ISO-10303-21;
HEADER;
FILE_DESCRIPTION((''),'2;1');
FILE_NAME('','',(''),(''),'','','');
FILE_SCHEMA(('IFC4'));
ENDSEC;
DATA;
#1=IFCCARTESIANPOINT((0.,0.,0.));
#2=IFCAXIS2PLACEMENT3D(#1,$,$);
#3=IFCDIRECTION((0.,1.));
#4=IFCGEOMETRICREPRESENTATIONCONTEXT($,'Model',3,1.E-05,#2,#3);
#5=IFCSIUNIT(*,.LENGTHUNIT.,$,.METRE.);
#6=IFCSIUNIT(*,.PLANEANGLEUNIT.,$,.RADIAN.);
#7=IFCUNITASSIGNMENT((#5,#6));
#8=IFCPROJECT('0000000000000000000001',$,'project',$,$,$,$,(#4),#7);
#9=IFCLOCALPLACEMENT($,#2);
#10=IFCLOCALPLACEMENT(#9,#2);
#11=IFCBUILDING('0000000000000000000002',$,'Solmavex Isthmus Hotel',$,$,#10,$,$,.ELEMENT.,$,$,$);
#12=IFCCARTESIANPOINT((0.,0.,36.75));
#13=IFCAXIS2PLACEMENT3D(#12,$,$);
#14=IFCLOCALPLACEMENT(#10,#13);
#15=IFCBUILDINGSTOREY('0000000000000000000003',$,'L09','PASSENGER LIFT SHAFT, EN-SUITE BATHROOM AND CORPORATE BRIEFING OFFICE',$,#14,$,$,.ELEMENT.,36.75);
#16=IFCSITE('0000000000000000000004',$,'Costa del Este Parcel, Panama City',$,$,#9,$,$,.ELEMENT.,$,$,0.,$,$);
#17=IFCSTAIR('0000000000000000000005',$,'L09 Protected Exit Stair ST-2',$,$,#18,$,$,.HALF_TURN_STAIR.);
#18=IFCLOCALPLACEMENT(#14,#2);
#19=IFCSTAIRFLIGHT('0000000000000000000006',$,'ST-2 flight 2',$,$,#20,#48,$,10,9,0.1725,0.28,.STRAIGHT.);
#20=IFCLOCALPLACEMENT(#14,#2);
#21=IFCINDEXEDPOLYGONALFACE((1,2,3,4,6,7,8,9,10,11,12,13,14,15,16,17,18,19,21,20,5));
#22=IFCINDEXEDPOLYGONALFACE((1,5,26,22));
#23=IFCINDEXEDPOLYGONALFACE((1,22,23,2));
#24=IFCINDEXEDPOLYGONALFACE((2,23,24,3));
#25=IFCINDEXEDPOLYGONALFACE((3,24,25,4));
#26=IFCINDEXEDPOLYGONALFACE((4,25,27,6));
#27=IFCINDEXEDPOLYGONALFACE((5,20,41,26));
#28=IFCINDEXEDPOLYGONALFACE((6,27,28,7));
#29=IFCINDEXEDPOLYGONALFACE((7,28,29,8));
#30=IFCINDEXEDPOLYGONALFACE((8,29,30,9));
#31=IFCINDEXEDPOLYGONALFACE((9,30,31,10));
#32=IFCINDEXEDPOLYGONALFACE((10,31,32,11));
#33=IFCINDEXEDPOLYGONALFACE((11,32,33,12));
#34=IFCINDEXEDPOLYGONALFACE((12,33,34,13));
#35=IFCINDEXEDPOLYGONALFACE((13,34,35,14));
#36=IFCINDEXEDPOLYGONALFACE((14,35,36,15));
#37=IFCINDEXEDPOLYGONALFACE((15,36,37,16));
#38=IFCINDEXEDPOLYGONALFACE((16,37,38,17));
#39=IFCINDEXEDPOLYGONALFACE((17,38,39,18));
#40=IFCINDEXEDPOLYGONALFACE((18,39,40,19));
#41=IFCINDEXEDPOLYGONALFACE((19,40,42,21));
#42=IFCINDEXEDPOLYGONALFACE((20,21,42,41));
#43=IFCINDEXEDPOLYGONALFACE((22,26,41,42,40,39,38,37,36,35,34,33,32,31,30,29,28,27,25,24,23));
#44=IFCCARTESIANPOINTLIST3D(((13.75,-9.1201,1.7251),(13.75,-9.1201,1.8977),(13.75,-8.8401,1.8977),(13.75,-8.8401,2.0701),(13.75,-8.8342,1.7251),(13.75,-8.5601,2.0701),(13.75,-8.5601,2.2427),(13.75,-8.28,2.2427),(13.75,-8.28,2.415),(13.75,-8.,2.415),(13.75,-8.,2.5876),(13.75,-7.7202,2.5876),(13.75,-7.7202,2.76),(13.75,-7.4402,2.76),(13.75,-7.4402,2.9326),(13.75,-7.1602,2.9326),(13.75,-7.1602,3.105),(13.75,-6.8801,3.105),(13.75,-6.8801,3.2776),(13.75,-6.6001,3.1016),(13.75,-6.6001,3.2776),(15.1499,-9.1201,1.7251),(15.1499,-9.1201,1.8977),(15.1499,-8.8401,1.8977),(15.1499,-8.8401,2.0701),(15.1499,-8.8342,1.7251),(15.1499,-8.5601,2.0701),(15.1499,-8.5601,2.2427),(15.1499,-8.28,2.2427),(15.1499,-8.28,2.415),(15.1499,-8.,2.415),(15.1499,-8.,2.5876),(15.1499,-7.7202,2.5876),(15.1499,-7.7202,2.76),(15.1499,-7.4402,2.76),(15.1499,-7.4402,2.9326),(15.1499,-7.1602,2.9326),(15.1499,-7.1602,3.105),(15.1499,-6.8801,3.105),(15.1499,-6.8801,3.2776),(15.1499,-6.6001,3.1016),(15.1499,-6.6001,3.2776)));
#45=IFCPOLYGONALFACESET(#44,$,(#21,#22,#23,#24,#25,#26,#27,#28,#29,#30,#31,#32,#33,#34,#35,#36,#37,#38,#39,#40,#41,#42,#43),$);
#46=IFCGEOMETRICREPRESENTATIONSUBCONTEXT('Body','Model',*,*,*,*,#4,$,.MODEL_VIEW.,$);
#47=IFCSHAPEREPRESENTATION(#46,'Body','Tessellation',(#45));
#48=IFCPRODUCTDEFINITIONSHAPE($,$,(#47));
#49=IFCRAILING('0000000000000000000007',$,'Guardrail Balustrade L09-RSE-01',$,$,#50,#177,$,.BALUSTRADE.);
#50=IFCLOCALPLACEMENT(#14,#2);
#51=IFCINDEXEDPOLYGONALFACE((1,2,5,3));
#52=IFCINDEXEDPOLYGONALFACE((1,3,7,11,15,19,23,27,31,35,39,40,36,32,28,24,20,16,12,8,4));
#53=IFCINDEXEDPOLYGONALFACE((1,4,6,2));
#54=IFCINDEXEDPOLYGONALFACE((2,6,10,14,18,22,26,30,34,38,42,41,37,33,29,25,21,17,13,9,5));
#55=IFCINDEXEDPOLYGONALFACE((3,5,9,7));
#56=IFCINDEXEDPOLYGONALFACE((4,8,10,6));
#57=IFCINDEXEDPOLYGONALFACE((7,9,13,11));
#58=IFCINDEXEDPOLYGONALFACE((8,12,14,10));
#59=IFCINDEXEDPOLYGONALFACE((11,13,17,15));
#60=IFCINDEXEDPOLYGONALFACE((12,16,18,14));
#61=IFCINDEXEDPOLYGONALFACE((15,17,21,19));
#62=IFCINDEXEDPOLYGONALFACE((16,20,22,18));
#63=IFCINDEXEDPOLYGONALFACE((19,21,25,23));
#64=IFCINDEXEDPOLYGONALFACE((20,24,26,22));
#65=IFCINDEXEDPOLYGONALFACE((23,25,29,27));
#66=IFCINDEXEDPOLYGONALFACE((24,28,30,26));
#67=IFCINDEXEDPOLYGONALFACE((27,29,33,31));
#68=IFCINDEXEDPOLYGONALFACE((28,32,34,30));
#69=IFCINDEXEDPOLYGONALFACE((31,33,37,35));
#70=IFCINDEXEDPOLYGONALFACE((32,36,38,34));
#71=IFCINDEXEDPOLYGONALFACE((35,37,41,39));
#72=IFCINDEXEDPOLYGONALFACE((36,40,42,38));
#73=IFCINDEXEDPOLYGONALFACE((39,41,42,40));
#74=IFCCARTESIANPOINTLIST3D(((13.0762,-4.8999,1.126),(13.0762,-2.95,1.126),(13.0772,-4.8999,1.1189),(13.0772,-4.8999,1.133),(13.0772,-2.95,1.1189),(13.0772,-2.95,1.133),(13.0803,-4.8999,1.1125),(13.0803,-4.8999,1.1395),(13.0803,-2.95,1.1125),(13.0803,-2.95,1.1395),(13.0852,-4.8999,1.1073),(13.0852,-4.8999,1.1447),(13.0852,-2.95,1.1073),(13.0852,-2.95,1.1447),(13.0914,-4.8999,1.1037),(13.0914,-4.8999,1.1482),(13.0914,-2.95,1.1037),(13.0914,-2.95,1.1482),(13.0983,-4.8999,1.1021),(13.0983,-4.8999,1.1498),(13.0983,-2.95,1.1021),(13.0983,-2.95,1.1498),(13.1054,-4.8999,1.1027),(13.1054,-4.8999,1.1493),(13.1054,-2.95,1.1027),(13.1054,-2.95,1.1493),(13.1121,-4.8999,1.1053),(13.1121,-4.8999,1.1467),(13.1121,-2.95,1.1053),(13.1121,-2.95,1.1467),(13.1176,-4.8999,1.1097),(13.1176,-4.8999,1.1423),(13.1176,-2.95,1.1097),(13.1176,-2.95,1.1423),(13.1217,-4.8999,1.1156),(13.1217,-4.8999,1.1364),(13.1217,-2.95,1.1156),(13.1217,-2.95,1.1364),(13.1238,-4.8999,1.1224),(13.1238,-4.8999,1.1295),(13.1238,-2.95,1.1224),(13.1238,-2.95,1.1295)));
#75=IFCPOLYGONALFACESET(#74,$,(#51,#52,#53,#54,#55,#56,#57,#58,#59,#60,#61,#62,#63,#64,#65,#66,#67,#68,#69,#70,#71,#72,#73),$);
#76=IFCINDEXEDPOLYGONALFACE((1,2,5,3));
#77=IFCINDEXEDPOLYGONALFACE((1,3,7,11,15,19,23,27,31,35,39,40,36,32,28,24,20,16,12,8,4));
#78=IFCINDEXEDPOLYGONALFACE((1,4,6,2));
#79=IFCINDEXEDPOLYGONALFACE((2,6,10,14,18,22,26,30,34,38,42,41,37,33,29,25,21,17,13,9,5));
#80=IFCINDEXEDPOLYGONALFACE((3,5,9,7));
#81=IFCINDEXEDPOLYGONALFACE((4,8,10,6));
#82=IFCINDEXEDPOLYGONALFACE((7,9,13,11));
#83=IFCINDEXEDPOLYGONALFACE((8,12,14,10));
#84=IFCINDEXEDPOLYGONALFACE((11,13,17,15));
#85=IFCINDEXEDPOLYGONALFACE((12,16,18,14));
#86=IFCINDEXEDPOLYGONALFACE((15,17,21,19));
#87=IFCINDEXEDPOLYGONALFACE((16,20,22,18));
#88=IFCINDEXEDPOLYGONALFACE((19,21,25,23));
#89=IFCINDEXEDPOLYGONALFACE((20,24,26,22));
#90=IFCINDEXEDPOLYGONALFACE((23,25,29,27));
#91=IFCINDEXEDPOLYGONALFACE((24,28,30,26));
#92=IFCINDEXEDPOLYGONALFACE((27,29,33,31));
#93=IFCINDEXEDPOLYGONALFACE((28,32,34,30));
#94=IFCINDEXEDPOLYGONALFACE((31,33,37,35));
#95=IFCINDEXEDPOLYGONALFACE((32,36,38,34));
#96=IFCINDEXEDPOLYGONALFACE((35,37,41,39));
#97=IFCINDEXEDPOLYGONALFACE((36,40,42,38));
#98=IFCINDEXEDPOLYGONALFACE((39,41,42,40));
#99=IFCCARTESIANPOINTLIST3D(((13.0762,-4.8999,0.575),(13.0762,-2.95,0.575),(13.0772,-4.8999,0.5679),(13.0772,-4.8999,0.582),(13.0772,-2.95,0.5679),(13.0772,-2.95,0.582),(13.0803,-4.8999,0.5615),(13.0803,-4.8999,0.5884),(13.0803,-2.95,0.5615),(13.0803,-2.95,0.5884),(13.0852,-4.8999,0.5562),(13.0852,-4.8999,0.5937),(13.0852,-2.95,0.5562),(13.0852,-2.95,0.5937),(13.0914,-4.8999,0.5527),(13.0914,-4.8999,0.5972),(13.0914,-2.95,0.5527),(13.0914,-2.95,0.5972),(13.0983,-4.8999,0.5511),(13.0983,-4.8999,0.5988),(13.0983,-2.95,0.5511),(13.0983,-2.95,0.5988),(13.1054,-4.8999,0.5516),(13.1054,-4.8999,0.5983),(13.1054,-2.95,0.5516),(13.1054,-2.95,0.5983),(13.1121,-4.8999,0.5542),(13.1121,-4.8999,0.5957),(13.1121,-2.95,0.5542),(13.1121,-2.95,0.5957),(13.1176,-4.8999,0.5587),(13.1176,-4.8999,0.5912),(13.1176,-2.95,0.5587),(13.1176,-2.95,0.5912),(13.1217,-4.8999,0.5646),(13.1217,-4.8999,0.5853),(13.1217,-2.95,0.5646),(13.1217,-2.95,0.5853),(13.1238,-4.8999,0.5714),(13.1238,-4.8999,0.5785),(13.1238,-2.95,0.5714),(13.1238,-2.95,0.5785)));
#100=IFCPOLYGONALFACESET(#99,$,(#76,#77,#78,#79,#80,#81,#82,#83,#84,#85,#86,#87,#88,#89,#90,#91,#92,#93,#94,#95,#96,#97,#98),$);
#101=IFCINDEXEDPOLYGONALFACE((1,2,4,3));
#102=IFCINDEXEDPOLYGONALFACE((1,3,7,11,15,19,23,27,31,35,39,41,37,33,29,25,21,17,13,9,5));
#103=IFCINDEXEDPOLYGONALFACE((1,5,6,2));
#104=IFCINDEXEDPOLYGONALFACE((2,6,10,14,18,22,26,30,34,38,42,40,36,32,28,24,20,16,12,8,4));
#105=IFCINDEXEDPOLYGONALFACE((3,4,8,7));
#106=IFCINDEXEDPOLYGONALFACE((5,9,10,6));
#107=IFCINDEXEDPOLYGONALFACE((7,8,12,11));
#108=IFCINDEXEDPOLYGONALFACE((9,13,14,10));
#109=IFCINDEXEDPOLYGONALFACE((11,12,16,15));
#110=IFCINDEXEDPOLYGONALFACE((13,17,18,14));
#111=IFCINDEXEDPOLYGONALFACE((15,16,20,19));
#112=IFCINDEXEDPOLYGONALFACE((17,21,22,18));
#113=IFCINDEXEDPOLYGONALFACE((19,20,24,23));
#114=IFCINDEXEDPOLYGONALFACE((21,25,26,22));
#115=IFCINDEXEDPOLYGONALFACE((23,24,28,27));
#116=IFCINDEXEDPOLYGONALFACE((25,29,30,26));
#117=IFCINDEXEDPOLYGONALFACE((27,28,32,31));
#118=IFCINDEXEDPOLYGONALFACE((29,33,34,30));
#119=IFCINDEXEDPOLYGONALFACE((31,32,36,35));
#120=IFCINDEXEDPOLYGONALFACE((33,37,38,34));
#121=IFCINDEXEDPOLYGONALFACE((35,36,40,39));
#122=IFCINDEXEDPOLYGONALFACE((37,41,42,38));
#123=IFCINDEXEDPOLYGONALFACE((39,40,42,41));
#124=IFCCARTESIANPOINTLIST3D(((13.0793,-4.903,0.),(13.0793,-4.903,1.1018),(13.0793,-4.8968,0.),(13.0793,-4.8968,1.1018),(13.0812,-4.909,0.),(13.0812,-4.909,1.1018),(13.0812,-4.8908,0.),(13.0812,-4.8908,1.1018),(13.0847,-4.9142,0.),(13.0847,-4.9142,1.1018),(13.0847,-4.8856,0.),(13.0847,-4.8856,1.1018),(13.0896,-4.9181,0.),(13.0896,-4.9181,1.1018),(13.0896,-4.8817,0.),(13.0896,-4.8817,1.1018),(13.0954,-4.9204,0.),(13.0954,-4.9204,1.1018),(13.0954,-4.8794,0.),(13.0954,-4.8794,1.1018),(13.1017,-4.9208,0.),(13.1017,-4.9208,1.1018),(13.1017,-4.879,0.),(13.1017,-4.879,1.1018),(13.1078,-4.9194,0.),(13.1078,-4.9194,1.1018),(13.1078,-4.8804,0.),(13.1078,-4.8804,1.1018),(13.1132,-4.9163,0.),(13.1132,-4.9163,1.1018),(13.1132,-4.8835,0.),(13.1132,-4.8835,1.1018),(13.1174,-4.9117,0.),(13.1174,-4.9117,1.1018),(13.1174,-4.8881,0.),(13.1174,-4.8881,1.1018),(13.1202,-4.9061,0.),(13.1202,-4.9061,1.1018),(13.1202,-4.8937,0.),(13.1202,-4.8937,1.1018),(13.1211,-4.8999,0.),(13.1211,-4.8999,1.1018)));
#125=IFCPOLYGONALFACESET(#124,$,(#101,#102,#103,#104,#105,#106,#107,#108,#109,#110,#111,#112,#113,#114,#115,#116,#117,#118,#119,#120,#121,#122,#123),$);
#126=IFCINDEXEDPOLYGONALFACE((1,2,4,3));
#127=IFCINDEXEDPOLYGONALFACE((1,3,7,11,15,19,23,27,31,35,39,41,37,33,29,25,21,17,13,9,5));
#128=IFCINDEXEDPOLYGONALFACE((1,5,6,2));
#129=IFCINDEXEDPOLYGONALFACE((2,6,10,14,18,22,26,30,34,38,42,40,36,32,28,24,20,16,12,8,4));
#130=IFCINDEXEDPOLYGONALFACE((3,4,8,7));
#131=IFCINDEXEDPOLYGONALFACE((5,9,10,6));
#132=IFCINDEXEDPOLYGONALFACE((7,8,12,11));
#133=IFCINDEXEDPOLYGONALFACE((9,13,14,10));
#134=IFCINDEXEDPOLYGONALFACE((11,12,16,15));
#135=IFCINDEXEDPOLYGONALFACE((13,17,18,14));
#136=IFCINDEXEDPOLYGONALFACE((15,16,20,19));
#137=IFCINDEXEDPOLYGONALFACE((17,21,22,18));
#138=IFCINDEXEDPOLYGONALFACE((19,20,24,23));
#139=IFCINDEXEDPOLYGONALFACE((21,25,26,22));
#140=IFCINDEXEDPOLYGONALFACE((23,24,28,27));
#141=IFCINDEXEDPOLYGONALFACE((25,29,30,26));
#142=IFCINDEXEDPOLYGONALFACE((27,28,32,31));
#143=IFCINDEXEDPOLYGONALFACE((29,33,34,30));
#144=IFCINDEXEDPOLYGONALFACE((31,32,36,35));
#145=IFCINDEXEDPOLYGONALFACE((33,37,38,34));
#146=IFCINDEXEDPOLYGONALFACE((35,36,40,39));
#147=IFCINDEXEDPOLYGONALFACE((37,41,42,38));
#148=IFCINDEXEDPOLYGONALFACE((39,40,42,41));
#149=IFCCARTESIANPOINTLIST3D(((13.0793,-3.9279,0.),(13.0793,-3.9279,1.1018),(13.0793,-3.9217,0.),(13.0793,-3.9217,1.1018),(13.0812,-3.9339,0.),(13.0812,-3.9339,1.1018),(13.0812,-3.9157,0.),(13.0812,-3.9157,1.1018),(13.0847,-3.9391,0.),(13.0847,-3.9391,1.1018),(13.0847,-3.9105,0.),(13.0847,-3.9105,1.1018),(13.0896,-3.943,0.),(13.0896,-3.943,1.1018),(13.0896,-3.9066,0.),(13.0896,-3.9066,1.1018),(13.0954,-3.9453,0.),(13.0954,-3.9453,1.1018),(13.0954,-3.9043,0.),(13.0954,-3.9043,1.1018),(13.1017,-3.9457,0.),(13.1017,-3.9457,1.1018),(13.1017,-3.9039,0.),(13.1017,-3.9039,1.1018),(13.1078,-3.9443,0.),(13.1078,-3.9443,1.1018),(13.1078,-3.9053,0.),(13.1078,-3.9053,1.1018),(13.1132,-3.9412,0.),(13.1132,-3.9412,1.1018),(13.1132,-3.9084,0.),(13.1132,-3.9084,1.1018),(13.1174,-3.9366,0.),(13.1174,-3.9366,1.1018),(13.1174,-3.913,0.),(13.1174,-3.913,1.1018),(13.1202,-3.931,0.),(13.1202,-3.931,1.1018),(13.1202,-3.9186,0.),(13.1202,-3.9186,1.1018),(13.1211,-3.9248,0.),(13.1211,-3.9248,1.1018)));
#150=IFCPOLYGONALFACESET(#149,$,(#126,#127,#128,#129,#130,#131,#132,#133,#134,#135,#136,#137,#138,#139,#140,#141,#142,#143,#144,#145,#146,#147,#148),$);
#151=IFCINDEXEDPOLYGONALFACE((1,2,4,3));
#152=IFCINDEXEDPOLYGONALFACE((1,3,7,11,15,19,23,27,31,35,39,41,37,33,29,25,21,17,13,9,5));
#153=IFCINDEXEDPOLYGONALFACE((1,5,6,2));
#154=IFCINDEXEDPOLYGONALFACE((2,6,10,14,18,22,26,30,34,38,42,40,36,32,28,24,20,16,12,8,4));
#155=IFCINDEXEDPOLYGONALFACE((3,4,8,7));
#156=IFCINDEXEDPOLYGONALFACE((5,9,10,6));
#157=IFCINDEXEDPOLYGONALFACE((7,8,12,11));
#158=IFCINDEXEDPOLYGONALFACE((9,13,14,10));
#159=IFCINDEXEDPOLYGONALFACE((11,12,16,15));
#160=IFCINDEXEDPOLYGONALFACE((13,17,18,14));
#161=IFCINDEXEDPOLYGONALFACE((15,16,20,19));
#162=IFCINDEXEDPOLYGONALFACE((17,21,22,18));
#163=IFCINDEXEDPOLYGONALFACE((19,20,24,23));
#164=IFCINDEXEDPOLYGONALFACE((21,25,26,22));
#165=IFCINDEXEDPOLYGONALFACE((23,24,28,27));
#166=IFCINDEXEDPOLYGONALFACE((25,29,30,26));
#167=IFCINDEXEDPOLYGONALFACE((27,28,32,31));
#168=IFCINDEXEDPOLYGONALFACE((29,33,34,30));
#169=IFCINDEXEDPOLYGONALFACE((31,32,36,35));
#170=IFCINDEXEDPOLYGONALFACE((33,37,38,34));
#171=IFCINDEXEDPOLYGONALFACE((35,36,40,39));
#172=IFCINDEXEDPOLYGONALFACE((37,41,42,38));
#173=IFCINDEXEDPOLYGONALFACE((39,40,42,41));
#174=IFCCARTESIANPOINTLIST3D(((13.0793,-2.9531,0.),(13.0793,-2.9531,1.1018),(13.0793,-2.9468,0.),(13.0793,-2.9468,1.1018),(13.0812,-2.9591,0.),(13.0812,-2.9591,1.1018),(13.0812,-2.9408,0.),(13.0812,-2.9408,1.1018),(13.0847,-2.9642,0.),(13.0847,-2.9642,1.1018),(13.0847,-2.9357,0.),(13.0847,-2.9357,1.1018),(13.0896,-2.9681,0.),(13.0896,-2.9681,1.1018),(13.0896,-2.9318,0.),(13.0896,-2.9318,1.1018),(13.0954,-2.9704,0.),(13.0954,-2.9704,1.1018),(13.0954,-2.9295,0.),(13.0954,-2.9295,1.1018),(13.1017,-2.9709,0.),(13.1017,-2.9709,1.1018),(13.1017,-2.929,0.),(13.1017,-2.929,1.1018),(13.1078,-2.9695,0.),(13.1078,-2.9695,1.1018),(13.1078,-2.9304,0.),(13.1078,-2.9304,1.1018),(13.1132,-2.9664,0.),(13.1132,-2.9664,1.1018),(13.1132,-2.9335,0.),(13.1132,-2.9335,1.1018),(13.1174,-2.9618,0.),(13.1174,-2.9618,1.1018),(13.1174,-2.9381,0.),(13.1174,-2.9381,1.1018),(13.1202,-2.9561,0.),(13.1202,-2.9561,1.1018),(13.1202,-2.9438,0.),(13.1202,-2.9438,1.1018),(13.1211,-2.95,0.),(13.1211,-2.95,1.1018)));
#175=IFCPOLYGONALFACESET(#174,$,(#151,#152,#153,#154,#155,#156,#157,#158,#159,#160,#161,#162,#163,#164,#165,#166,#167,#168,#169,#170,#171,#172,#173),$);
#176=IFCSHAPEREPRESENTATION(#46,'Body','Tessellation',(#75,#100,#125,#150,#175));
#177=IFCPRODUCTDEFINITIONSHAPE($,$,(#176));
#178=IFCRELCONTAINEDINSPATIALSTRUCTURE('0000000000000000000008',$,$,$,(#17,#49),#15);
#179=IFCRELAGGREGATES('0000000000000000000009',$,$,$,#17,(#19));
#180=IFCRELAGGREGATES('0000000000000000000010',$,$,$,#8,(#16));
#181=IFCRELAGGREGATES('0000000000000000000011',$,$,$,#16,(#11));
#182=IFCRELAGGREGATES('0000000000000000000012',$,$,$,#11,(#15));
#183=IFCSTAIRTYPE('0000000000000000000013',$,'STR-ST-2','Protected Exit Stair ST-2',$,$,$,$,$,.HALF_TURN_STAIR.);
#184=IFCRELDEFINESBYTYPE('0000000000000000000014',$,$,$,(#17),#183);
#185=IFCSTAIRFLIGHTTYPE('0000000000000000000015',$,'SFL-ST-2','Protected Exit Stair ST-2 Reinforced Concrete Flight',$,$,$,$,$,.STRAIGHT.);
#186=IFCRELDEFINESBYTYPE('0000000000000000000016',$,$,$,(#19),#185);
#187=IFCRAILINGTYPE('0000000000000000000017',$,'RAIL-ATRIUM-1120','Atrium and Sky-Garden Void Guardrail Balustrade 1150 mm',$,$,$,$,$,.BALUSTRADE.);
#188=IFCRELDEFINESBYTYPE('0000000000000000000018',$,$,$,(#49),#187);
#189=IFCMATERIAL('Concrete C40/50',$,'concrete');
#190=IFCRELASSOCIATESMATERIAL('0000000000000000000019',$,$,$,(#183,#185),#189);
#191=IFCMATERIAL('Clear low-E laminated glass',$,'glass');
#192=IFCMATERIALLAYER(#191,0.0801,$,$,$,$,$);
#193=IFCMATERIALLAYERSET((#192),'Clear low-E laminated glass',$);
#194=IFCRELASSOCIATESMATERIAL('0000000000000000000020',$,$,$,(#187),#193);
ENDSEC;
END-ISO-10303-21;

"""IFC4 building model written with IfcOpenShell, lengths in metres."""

from ifc_helpers import new_model, si_unit, direction, frame, origin, origin_2d, place, context, subcontext, project, spatial, polyline, circle, outline, extrude, material, layer, layer_set, type_object, element, aggregate, save


model = new_model("IFC4")

# Units and contexts
model_context = context("Model", 3, precision=1e-05, world=origin(), true_north=direction((0.0, 1.0)))
body_context = subcontext(model_context, "Body", "Model", "MODEL_VIEW")
ifc_project = project(units=[si_unit("LENGTHUNIT", "METRE"), si_unit("PLANEANGLEUNIT", "RADIAN")], contexts=[model_context])

# Site, building, storey
site_placement = place(None, origin())
site = spatial("IfcSite", under=ifc_project, at=site_placement, Name="Costa del Este Parcel, Panama City", CompositionType="ELEMENT", RefElevation=0.0)
building_placement = place(site_placement, origin())
building = spatial("IfcBuilding", under=site, at=building_placement, Name="Solmavex Isthmus Hotel", CompositionType="ELEMENT")
storey_placement = place(building_placement, frame((0.0, 0.0, 36.75)))
storey = spatial("IfcBuildingStorey", under=building, at=storey_placement, Name="L09", Description="PASSENGER LIFT SHAFT, EN-SUITE BATHROOM AND CORPORATE BRIEFING OFFICE", CompositionType="ELEMENT", Elevation=36.75)

# Shared definitions
ifc_material_1 = material(Name="Concrete C40/50", Category="concrete")

# Stair, stair flight
stair_type = type_object("IfcStairType", Name="STR-ST-2", Description="Protected Exit Stair ST-2", PredefinedType="HALF_TURN_STAIR", material=ifc_material_1)
stair_placement = place(storey_placement, origin())
stair = element("IfcStair", 1, at=stair_placement, inside=storey, type_object=stair_type, Name="L09 Protected Exit Stair ST-2", PredefinedType="HALF_TURN_STAIR")
stair_flight_type = type_object("IfcStairFlightType", Name="SFL-ST-2", Description="Protected Exit Stair ST-2 Reinforced Concrete Flight", PredefinedType="STRAIGHT", material=ifc_material_1)
stair_flight_1_placement = place(storey_placement, frame((14.45, -9.1201, 1.7251), z_axis=(0.0, 0.0, 1.0), x_axis=(0.0, 1.0, 0.0)))
stair_flight_1 = element("IfcStairFlight", 2, at=stair_flight_1_placement, type_object=stair_flight_type, Name="ST-2 flight 2", NumberOfRisers=10, NumberOfTreads=9, PredefinedType="STRAIGHT", RiserHeight=0.1725, TreadLength=0.28, context=body_context, shape_type="SweptSolid", body=[
    extrude(outline(polyline([(0.0, 0.0), (0.0, 0.1726), (0.28, 0.1726), (0.28, 0.345), (0.5601, 0.345), (0.5601, 0.5176), (0.8401, 0.5176), (0.8401, 0.6899), (1.1201, 0.6899), (1.1201, 0.8625), (1.3999, 0.8625), (1.3999, 1.0349), (1.6799, 1.0349), (1.6799, 1.2075), (1.96, 1.2075), (1.96, 1.3799), (2.24, 1.3799), (2.24, 1.5525), (2.52, 1.5525), (2.52, 1.7251), (2.52, 1.3765), (0.2859, 0.0), (0.0, 0.0)])), frame((0.0, 0.7, 0.0), z_axis=(0.0, -1.0, 0.0), x_axis=(1.0, 0.0, 0.0)), (0.0, 0.0, 1.0), 1.3999),
])
aggregate(stair, [stair_flight_1])

# Railing
ifc_material_2 = material(Name="Clear low-E laminated glass", Category="glass")
ifc_layer_1 = layer(ifc_material_2, 0.0801)
ifc_layer_set_1 = layer_set([ifc_layer_1], Name="Clear low-E laminated glass")
railing_type_1 = type_object("IfcRailingType", Name="RAIL-ATRIUM-1120", Description="Atrium and Sky-Garden Void Guardrail Balustrade 1150 mm", PredefinedType="BALUSTRADE", material=ifc_layer_set_1)
railing_1_placement = place(storey_placement, frame((13.1001, -4.8999, 0.0)))
element("IfcRailing", 3, at=railing_1_placement, inside=storey, type_object=railing_type_1, Name="Guardrail Balustrade L09-RSE-01", PredefinedType="BALUSTRADE", context=body_context, shape_type="SweptSolid", body=[
    extrude(circle(Radius=0.0239, at=origin_2d()), frame((0.0, 0.0, 1.126), z_axis=(0.0, 1.0, 0.0), x_axis=(-1.0, 0.0, 0.0)), (0.0, 0.0, 1.0), 1.95),
    extrude(circle(Radius=0.0239, at=origin_2d()), frame((0.0, 0.0, 0.575), z_axis=(0.0, 1.0, 0.0), x_axis=(-1.0, 0.0, 0.0)), (0.0, 0.0, 1.0), 1.95),
    extrude(circle(Radius=0.021, at=origin_2d()), origin(), (0.0, 0.0, 1.0), 1.1018),
    extrude(circle(Radius=0.021, at=origin_2d()), frame((0.0, 0.9751, 0.0)), (0.0, 0.0, 1.0), 1.1018),
    extrude(circle(Radius=0.021, at=origin_2d()), frame((0.0, 1.95, 0.0)), (0.0, 0.0, 1.0), 1.1018),
])

save(model, "model.ifc")
